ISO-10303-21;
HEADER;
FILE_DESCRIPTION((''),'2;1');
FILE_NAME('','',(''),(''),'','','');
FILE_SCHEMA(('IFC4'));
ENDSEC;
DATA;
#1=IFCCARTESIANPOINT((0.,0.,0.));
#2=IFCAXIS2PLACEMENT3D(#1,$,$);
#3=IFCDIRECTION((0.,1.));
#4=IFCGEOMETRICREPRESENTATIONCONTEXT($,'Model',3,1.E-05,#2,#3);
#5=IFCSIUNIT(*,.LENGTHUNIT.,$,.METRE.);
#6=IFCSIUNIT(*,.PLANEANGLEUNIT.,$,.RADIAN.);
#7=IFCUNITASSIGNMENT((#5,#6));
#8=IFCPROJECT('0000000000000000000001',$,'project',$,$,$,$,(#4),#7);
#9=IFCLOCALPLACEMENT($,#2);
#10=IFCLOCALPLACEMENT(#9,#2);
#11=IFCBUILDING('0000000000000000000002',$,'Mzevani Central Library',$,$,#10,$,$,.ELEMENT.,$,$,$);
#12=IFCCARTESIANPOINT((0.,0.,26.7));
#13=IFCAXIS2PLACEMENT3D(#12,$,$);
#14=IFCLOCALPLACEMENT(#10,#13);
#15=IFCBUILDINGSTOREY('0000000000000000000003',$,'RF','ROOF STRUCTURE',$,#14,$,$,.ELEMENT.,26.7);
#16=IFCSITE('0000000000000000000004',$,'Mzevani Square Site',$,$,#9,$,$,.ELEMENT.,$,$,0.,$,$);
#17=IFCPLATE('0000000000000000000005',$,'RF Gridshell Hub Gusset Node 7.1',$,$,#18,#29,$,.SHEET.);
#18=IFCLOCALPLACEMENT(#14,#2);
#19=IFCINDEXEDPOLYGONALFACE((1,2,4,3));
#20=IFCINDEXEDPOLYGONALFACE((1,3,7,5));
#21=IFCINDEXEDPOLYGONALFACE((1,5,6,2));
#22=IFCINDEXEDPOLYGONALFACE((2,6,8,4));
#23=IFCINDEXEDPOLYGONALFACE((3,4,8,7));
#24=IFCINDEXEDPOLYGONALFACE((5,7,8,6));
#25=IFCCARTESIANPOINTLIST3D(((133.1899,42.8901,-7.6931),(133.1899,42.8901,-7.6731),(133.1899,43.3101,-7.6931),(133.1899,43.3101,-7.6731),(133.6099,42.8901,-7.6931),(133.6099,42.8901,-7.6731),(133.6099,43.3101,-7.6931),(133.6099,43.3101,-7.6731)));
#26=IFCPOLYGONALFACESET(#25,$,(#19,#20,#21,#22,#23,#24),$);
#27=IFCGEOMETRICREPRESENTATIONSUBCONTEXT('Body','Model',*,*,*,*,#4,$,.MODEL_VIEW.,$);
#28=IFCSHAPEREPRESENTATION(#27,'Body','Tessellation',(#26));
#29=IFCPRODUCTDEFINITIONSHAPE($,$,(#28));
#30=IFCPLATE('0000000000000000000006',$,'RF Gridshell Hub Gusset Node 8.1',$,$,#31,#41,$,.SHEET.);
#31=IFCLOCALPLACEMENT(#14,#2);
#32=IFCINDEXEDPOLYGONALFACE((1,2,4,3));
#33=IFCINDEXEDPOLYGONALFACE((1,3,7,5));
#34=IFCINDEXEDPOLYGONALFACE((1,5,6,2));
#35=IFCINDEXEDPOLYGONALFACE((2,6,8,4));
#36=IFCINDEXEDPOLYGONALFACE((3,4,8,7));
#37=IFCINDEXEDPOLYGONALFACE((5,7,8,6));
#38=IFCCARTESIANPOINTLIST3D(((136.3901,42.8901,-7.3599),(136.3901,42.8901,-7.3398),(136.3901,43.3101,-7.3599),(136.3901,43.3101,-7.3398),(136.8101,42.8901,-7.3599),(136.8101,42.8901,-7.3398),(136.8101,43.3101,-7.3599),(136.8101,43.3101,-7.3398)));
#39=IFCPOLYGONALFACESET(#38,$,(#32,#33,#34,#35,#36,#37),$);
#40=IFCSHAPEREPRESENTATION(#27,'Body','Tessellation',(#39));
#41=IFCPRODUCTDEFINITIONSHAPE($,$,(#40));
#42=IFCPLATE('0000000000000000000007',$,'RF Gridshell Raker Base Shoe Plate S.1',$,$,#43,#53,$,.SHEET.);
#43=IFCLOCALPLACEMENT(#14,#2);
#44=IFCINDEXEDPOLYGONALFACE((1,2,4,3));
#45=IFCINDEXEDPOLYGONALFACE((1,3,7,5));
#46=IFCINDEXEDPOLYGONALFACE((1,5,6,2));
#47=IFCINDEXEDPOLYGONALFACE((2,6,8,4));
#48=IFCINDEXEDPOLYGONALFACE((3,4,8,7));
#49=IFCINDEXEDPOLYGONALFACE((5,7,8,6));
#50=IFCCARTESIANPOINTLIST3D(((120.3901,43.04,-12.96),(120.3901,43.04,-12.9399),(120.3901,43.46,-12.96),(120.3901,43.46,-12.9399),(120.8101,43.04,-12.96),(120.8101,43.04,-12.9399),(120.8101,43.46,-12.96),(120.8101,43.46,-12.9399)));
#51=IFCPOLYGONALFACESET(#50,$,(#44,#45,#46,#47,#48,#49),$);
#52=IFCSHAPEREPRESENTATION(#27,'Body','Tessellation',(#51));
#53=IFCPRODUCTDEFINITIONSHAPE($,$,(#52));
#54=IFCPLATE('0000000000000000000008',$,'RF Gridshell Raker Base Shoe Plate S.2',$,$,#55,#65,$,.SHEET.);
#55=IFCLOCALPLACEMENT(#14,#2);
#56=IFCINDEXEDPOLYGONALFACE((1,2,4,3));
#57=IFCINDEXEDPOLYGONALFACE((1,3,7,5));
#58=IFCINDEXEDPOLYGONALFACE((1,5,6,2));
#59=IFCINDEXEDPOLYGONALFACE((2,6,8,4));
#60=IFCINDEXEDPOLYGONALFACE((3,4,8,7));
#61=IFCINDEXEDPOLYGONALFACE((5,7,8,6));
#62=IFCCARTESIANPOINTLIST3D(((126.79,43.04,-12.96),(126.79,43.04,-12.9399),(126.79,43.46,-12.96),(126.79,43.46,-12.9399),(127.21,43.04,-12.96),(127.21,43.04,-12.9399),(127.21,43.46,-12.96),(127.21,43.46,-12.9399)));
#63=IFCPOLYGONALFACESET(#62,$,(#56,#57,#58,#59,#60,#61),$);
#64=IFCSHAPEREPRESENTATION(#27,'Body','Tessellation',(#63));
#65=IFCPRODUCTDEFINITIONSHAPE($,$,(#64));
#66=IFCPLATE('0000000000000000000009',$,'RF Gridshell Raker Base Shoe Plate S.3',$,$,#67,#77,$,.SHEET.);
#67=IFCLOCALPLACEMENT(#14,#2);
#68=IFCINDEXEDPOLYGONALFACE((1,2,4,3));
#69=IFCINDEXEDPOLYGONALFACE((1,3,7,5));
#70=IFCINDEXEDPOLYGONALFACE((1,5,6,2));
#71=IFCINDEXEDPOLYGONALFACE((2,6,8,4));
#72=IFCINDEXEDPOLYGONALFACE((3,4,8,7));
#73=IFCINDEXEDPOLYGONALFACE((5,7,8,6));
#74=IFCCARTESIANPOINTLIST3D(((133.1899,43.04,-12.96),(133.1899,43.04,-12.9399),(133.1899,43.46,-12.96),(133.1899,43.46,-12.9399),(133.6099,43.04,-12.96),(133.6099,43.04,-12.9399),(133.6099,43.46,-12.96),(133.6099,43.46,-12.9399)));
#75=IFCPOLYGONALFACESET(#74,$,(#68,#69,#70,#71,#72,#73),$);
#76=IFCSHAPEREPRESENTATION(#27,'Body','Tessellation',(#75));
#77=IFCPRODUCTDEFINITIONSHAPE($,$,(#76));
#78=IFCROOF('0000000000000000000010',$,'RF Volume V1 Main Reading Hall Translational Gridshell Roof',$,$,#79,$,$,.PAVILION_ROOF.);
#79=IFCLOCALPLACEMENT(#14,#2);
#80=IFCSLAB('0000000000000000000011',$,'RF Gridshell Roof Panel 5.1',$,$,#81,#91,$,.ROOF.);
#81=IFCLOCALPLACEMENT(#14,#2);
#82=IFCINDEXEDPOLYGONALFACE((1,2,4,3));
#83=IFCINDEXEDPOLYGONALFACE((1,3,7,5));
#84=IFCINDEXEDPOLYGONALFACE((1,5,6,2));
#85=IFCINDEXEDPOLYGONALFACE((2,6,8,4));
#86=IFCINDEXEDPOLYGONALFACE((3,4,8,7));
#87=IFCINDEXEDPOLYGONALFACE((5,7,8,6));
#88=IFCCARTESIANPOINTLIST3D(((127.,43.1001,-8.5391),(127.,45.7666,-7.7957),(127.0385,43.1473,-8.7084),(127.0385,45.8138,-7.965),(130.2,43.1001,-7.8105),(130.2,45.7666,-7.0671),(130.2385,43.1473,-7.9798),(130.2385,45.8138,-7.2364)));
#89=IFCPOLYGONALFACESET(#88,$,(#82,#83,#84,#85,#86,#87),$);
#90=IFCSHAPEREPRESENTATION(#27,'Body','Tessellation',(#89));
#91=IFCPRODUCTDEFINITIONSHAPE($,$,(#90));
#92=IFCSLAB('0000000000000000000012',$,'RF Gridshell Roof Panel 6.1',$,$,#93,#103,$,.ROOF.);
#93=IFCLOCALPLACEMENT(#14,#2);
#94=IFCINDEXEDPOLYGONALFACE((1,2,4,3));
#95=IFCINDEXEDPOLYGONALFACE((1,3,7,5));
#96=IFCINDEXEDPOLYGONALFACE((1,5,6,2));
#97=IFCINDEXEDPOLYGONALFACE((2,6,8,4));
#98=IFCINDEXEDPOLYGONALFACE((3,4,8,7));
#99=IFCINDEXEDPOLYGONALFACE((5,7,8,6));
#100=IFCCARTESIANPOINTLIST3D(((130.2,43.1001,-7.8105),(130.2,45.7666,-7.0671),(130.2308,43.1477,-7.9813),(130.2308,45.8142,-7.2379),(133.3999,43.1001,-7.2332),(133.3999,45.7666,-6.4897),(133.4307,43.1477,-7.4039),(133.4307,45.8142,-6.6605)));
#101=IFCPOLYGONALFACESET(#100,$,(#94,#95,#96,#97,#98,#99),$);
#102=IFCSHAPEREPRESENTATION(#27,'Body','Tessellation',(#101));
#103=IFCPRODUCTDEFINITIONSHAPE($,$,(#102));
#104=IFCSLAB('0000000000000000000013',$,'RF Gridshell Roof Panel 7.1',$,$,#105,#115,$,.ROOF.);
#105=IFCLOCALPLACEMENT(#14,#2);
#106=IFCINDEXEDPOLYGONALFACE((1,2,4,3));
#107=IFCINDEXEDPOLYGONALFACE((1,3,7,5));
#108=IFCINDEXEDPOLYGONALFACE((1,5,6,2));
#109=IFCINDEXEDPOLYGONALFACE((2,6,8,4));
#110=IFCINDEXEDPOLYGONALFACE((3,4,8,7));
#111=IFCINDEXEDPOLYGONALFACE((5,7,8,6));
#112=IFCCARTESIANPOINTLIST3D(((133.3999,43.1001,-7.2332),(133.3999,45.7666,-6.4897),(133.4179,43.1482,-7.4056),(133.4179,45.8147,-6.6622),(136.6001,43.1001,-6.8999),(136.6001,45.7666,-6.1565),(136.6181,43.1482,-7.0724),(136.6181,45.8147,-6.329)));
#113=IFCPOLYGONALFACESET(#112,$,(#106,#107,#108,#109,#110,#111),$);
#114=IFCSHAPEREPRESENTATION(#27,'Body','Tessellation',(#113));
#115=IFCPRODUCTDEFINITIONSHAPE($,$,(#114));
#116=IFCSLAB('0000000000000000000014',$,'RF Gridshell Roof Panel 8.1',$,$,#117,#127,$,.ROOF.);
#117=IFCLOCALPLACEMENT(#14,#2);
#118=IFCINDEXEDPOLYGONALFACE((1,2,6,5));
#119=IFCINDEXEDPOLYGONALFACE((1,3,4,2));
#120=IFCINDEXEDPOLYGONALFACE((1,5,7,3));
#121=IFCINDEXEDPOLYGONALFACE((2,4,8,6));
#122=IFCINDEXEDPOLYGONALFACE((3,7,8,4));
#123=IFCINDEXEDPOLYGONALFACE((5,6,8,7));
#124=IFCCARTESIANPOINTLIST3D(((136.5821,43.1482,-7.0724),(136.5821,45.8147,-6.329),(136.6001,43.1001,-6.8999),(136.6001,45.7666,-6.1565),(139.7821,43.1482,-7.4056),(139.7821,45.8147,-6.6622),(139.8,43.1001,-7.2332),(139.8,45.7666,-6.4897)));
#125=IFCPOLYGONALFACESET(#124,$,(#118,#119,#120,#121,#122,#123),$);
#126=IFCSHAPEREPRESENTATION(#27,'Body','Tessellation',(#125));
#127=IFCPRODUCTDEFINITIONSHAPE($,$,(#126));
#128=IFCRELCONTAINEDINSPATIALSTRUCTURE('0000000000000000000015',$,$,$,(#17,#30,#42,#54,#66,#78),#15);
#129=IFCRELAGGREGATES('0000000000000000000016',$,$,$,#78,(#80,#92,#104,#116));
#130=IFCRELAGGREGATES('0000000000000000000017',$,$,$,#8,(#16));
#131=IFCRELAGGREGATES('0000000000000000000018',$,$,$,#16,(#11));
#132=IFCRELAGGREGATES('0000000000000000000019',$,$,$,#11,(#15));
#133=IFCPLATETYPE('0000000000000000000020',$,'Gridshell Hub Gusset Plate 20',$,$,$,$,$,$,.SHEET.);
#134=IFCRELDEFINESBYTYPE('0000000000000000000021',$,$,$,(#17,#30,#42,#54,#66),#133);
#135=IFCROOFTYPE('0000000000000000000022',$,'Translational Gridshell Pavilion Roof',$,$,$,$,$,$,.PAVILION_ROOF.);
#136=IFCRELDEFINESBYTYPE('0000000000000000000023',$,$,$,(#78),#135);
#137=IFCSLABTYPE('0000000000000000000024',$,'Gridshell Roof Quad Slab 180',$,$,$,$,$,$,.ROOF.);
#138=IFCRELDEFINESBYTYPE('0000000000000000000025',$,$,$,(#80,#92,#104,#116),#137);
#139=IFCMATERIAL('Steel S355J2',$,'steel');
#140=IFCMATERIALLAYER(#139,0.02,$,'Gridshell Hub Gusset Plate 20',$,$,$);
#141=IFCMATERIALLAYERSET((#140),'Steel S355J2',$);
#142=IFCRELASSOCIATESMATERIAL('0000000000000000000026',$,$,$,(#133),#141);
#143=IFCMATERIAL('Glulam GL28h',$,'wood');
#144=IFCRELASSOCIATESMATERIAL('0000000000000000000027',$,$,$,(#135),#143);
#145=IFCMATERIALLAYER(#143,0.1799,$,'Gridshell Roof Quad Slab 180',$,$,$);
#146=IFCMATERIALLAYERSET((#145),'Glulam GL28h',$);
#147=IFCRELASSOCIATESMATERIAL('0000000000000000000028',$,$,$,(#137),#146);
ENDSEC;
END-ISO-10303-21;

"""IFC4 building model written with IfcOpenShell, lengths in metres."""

from ifc_helpers import new_model, si_unit, direction, frame, origin, origin_2d, place, context, subcontext, project, spatial, polyline, rectangle, outline, extrude, material, layer, layer_set, type_object, element, aggregate, save


model = new_model("IFC4")

# Units and contexts
model_context = context("Model", 3, precision=1e-05, world=origin(), true_north=direction((0.0, 1.0)))
body_context = subcontext(model_context, "Body", "Model", "MODEL_VIEW")
ifc_project = project(units=[si_unit("LENGTHUNIT", "METRE"), si_unit("PLANEANGLEUNIT", "RADIAN")], contexts=[model_context])

# Site, building, storey
site_placement = place(None, origin())
site = spatial("IfcSite", under=ifc_project, at=site_placement, Name="Mzevani Square Site", CompositionType="ELEMENT", RefElevation=0.0)
building_placement = place(site_placement, origin())
building = spatial("IfcBuilding", under=site, at=building_placement, Name="Mzevani Central Library", CompositionType="ELEMENT")
storey_placement = place(building_placement, frame((0.0, 0.0, 26.7)))
storey = spatial("IfcBuildingStorey", under=building, at=storey_placement, Name="RF", Description="ROOF STRUCTURE", CompositionType="ELEMENT", Elevation=26.7)

# Shared definitions
ifc_material_1 = material(Name="Steel S355J2", Category="steel")
ifc_material_2 = material(Name="Glulam GL28h", Category="wood")

# Plates
ifc_layer_1 = layer(ifc_material_1, 0.02, Name="Gridshell Hub Gusset Plate 20")
ifc_layer_set_1 = layer_set([ifc_layer_1], Name="Steel S355J2")
plate_type = type_object("IfcPlateType", Name="Gridshell Hub Gusset Plate 20", PredefinedType="SHEET", material=ifc_layer_set_1)
for number, where, z_axis, x_axis, name in (
    (1, (133.3999, 43.1001, -7.6931), (0.0, 0.0, 1.0), (1.0, 0.0, 0.0), "RF Gridshell Hub Gusset Node 7.1"),
    (2, (136.6001, 43.1001, -7.3599), (0.0, 0.0, 1.0), (1.0, 0.0, 0.0), "RF Gridshell Hub Gusset Node 8.1"),
    (3, (120.6001, 43.25, -12.96), (0.0, 0.0, 1.0), (1.0, 0.0, 0.0), "RF Gridshell Raker Base Shoe Plate S.1"),
    (4, (127.0, 43.25, -12.96), (0.0, 0.0, 1.0), (1.0, 0.0, 0.0), "RF Gridshell Raker Base Shoe Plate S.2"),
    (5, (133.3999, 43.25, -12.96), (0.0, 0.0, 1.0), (1.0, 0.0, 0.0), "RF Gridshell Raker Base Shoe Plate S.3"),
):
    element("IfcPlate", number, at=place(storey_placement, frame(where, z_axis=z_axis, x_axis=x_axis)), inside=storey, type_object=plate_type, Name=name, PredefinedType="SHEET", context=body_context, shape_type="SweptSolid", body=[
        extrude(rectangle(XDim=0.4199, YDim=0.4199, at=origin_2d()), origin(), (0.0, 0.0, 1.0), 0.02),
    ])

# Roof, slabs
roof_type = type_object("IfcRoofType", Name="Translational Gridshell Pavilion Roof", PredefinedType="PAVILION_ROOF", material=ifc_material_2)
roof_placement = place(storey_placement, origin())
roof = element("IfcRoof", 6, at=roof_placement, inside=storey, type_object=roof_type, Name="RF Volume V1 Main Reading Hall Translational Gridshell Roof", PredefinedType="PAVILION_ROOF")
ifc_layer_2 = layer(ifc_material_2, 0.1799, Name="Gridshell Roof Quad Slab 180")
ifc_layer_set_2 = layer_set([ifc_layer_2], Name="Glulam GL28h")
slab_type = type_object("IfcSlabType", Name="Gridshell Roof Quad Slab 180", PredefinedType="ROOF", material=ifc_layer_set_2)
slab_1_placement = place(storey_placement, frame((127.0, 43.1001, -8.5391), z_axis=(-0.214211, -0.26232, 0.940905), x_axis=(0.97505, 0.0, 0.221984)))
slab_1 = element("IfcSlab", 7, at=slab_1_placement, type_object=slab_type, Name="RF Gridshell Roof Panel 5.1", PredefinedType="ROOF", context=body_context, shape_type="SweptSolid", body=[
    extrude(outline(polyline([(0.0, 0.0), (3.2818, 0.0), (3.4469, 2.7633), (0.165, 2.7633), (0.0, 0.0)])), origin(), (0.0, 0.0, -1.0), 0.1799),
])
slab_2_placement = place(storey_placement, frame((130.2, 43.1001, -7.8105), z_axis=(-0.171242, -0.264587, 0.949036), x_axis=(0.984108, 0.0, 0.17757)))
slab_2 = element("IfcSlab", 8, at=slab_2_placement, type_object=slab_type, Name="RF Gridshell Roof Panel 6.1", PredefinedType="ROOF", context=body_context, shape_type="SweptSolid", body=[
    extrude(outline(polyline([(0.0, 0.0), (3.2516, 0.0), (3.3836, 2.765), (0.132, 2.765), (0.0, 0.0)])), origin(), (0.0, 0.0, -1.0), 0.1799),
])
slab_3_placement = place(storey_placement, frame((133.3999, 43.1001, -7.2332), z_axis=(-0.099809, -0.267213, 0.958455), x_axis=(0.994622, 0.0, 0.103575)))
slab_3 = element("IfcSlab", 9, at=slab_3_placement, type_object=slab_type, Name="RF Gridshell Roof Panel 7.1", PredefinedType="ROOF", context=body_context, shape_type="SweptSolid", body=[
    extrude(outline(polyline([(0.0, 0.0), (3.2175, 0.0), (3.2945, 2.7671), (0.077, 2.7671), (0.0, 0.0)])), origin(), (0.0, 0.0, -1.0), 0.1799),
])
slab_4_placement = place(storey_placement, frame((136.6001, 43.1001, -6.8999), z_axis=(0.099816, -0.267212, 0.958454), x_axis=(0.994621, 0.0, -0.103583)))
slab_4 = element("IfcSlab", 10, at=slab_4_placement, type_object=slab_type, Name="RF Gridshell Roof Panel 8.1", PredefinedType="ROOF", context=body_context, shape_type="SweptSolid", body=[
    extrude(outline(polyline([(0.0, 0.0), (3.2173, 0.0), (3.1403, 2.7671), (-0.077, 2.7671), (0.0, 0.0)])), origin(), (0.0, 0.0, -1.0), 0.1799),
])
aggregate(roof, [slab_1, slab_2, slab_3, slab_4])

save(model, "model.ifc")
